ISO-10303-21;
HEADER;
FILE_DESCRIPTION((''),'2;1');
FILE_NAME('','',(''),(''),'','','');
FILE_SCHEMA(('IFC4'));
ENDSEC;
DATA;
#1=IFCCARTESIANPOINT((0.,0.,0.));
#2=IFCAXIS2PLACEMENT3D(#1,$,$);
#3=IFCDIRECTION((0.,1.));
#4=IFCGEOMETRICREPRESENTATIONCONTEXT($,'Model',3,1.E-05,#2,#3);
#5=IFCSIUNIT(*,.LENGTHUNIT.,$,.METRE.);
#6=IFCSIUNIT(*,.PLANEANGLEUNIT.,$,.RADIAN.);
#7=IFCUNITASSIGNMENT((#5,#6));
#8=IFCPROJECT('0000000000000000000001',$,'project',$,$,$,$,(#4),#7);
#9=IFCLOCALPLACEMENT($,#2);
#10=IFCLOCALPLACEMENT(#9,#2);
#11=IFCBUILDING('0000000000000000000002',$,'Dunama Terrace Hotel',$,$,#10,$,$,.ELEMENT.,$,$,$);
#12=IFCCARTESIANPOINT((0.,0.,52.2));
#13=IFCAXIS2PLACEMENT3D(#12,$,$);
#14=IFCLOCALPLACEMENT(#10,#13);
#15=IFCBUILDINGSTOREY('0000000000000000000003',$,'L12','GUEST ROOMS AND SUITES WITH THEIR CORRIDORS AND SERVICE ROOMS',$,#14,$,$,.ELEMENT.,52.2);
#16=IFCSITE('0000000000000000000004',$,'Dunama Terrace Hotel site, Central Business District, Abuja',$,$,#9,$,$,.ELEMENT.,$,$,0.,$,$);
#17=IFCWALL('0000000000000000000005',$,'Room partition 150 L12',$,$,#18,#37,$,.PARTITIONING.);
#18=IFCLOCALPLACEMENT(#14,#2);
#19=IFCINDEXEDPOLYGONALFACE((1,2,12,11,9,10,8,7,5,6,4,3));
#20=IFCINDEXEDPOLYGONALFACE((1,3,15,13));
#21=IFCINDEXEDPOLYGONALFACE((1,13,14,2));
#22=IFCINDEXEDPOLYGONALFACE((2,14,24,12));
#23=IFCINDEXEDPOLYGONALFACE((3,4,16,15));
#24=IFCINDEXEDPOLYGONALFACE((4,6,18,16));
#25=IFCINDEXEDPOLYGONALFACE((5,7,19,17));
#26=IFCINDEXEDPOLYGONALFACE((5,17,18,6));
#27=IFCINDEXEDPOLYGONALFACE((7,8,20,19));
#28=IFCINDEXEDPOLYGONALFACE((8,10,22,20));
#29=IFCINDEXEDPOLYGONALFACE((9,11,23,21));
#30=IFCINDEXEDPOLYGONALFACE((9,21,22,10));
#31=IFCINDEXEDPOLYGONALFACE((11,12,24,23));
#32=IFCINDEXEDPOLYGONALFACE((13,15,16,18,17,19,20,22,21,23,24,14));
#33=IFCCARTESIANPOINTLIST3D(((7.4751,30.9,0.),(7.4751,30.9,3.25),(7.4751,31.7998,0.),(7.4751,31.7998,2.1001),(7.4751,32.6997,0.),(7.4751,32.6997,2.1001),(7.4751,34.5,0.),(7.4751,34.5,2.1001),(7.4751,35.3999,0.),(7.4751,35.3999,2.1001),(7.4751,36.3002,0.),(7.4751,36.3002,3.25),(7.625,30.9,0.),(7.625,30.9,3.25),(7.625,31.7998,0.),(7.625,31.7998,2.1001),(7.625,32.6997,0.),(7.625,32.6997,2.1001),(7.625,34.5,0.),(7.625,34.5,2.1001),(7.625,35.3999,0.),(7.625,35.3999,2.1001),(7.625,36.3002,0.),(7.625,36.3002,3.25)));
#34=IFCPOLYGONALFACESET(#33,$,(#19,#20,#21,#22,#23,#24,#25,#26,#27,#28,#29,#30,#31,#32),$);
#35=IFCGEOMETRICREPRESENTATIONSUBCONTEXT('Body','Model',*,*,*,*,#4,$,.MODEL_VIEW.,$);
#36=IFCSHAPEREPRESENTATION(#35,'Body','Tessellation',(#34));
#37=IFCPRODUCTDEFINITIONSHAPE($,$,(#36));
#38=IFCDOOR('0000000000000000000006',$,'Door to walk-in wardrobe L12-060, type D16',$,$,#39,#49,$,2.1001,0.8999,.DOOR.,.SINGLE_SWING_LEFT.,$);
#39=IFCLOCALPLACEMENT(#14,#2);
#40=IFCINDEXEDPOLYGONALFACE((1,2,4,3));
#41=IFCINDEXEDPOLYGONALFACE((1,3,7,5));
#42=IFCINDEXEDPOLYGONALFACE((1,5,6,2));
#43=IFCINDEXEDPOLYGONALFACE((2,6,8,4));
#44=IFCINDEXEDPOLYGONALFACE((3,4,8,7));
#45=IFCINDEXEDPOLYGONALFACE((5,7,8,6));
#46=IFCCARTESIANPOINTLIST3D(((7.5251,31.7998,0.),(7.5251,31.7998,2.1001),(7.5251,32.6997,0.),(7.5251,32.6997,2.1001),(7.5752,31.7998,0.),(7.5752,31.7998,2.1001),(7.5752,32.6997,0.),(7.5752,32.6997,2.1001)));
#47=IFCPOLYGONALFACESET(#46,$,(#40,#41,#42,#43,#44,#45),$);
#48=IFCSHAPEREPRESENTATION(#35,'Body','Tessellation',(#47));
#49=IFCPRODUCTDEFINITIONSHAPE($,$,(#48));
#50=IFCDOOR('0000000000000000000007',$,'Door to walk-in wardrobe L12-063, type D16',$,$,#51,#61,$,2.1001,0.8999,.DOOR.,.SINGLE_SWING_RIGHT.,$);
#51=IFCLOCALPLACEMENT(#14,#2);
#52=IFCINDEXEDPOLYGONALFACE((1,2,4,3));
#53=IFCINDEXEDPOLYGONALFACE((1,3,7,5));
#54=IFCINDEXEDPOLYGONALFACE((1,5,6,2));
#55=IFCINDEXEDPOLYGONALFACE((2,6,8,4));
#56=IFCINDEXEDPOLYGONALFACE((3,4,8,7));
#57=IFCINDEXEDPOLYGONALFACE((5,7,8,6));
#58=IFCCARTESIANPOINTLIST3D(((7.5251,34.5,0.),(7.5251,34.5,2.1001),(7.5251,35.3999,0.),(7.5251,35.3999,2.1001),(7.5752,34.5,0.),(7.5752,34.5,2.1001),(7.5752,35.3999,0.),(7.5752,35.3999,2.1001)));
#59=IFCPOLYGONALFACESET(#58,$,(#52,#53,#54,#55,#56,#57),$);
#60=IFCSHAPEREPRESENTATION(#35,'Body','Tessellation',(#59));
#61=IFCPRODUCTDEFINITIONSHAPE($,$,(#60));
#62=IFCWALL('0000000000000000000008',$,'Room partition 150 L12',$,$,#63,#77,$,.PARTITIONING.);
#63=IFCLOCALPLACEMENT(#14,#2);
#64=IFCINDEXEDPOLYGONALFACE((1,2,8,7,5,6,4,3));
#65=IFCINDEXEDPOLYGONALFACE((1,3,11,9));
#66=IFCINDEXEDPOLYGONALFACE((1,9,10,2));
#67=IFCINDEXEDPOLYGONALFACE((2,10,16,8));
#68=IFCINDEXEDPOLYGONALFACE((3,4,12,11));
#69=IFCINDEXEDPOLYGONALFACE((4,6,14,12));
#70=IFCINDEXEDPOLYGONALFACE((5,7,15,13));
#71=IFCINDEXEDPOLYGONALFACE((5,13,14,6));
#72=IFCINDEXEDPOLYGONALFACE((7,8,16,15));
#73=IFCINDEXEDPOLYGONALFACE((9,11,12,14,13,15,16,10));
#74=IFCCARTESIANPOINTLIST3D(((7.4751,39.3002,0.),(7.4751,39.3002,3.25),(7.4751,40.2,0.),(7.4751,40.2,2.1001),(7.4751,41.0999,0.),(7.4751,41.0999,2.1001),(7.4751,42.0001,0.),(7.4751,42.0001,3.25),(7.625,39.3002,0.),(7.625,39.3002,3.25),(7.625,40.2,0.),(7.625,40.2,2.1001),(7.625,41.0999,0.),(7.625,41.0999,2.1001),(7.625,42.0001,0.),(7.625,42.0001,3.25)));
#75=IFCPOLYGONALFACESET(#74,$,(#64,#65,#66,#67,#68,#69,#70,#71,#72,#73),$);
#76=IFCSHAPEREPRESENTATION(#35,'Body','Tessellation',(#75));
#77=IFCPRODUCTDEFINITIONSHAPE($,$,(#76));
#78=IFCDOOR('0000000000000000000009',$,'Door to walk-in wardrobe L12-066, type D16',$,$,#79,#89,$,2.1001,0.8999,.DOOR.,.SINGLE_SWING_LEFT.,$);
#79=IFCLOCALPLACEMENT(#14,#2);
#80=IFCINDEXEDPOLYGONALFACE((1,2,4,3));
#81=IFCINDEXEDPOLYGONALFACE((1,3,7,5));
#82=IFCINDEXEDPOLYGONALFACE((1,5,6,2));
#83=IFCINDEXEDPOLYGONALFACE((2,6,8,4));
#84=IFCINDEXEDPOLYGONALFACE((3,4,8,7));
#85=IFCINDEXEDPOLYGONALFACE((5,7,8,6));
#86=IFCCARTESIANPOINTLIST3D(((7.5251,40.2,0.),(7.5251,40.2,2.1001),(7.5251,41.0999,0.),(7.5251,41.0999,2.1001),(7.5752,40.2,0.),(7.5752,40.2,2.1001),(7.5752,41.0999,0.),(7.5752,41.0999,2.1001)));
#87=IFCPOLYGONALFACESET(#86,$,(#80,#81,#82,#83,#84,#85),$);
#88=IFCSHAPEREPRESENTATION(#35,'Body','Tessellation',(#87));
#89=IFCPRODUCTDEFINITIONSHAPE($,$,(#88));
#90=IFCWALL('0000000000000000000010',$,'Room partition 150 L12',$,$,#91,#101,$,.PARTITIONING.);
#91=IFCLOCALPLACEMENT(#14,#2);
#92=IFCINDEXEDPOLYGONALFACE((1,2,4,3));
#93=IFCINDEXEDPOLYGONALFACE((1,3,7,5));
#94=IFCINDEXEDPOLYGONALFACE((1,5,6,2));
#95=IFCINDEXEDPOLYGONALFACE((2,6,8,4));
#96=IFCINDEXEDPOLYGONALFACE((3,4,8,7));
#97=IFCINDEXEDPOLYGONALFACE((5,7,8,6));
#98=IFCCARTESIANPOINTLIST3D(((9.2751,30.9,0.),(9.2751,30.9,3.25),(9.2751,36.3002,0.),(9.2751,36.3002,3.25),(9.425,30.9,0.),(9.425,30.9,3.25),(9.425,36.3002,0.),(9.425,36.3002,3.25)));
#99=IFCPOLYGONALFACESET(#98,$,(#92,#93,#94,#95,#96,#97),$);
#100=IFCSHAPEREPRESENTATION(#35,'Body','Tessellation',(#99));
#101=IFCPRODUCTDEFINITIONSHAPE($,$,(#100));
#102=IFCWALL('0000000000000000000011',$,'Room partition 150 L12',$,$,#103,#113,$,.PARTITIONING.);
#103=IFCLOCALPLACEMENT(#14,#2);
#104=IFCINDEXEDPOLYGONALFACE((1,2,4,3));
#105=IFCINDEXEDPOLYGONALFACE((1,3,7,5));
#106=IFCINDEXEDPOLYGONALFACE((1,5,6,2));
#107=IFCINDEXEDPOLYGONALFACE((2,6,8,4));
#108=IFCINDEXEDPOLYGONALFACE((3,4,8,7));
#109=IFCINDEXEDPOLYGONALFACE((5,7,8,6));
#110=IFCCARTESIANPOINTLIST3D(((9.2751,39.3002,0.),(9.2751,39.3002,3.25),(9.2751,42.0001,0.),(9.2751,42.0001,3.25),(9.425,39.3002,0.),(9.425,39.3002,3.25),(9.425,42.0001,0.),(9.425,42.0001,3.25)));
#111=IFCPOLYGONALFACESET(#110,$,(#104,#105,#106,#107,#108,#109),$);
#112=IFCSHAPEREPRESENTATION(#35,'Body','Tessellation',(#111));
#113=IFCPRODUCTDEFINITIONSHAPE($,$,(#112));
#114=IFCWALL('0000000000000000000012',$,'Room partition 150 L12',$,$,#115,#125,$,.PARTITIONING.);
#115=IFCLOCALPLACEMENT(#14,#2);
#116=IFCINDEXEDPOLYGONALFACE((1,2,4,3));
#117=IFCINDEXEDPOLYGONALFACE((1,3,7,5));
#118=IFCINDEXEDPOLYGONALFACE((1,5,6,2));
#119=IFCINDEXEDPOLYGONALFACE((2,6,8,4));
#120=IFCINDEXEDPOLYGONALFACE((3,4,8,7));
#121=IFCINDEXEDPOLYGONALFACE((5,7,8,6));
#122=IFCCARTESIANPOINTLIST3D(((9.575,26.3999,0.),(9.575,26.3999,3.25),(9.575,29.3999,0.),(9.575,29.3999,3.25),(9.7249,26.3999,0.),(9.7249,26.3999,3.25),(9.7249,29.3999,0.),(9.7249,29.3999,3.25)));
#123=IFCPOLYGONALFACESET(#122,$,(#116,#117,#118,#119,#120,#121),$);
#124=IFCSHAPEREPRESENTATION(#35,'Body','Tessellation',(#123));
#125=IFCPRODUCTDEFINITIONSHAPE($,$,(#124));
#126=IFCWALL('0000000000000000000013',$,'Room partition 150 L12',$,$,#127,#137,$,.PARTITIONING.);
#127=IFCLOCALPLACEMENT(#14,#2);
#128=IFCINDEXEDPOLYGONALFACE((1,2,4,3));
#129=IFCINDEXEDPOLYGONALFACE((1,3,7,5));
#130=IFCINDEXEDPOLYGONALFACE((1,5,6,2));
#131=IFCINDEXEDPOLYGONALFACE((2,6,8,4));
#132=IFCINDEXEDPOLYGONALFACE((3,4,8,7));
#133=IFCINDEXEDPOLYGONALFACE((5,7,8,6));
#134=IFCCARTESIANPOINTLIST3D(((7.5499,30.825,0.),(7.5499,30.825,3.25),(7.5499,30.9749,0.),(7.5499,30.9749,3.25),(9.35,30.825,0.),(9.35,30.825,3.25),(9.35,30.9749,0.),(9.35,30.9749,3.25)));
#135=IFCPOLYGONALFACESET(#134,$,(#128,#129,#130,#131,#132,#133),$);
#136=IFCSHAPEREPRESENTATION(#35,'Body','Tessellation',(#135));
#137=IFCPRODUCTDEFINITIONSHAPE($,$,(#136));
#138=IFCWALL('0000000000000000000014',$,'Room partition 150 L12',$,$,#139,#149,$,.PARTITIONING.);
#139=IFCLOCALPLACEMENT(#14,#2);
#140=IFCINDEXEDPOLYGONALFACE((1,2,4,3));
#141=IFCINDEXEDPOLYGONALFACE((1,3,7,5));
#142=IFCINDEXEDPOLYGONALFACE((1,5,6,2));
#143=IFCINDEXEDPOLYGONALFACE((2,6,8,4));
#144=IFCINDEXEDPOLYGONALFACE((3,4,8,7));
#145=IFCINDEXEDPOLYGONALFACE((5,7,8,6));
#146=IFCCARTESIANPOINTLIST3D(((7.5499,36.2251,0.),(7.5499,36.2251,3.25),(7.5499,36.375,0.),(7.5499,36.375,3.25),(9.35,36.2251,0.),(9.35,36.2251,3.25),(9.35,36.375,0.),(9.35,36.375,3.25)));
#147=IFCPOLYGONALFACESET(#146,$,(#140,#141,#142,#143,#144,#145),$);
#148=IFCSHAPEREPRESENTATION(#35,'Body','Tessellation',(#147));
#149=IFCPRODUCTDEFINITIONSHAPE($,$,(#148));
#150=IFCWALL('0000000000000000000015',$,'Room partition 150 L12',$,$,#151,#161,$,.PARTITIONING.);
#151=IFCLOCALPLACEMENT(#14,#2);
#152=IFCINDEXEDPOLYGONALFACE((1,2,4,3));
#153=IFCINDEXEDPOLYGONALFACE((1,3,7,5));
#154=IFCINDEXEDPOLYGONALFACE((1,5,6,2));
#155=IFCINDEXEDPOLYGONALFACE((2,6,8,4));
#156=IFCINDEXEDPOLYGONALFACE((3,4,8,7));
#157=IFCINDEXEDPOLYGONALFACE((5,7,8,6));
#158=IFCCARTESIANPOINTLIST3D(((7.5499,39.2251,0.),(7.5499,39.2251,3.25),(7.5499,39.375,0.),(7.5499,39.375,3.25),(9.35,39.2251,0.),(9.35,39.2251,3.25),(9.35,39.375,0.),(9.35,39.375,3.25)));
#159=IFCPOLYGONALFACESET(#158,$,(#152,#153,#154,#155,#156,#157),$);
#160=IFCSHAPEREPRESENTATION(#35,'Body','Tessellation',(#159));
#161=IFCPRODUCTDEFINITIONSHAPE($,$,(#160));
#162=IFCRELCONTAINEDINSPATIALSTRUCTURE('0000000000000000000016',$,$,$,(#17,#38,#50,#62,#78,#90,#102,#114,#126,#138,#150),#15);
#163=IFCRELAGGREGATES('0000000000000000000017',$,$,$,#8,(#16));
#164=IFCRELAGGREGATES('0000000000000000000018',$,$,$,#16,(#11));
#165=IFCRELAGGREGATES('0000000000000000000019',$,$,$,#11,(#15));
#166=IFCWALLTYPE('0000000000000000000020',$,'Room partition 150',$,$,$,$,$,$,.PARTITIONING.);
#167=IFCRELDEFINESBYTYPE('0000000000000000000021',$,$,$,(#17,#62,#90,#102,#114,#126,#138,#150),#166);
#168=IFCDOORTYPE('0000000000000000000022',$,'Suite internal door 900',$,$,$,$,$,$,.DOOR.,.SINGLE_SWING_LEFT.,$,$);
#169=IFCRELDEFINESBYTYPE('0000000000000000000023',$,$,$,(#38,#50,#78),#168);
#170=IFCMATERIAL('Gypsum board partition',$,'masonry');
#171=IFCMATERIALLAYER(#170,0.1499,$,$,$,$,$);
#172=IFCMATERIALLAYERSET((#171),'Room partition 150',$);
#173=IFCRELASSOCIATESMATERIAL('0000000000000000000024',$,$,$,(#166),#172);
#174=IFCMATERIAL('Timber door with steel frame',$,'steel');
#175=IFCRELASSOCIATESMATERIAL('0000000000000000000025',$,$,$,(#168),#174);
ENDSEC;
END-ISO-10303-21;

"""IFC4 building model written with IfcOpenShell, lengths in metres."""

from ifc_helpers import new_model, si_unit, direction, frame, frame_2d, origin, place, context, subcontext, project, spatial, rectangle, extrude, material, layer, layer_set, type_object, element, fill, save


model = new_model("IFC4")

# Units and contexts
model_context = context("Model", 3, precision=1e-05, world=origin(), true_north=direction((0.0, 1.0)))
body_context = subcontext(model_context, "Body", "Model", "MODEL_VIEW")
ifc_project = project(units=[si_unit("LENGTHUNIT", "METRE"), si_unit("PLANEANGLEUNIT", "RADIAN")], contexts=[model_context])

# Site, building, storey
site_placement = place(None, origin())
site = spatial("IfcSite", under=ifc_project, at=site_placement, Name="Dunama Terrace Hotel site, Central Business District, Abuja", CompositionType="ELEMENT", RefElevation=0.0)
building_placement = place(site_placement, origin())
building = spatial("IfcBuilding", under=site, at=building_placement, Name="Dunama Terrace Hotel", CompositionType="ELEMENT")
storey_placement = place(building_placement, frame((0.0, 0.0, 52.2)))
storey = spatial("IfcBuildingStorey", under=building, at=storey_placement, Name="L12", Description="GUEST ROOMS AND SUITES WITH THEIR CORRIDORS AND SERVICE ROOMS", CompositionType="ELEMENT", Elevation=52.2)

# Wall, openings, doors
ifc_material_1 = material(Name="Gypsum board partition", Category="masonry")
ifc_layer_1 = layer(ifc_material_1, 0.1499)
ifc_layer_set_1 = layer_set([ifc_layer_1], Name="Room partition 150")
wall_type_1 = type_object("IfcWallType", Name="Room partition 150", PredefinedType="PARTITIONING", material=ifc_layer_set_1)
wall_1_placement = place(storey_placement, frame((7.55, 30.8999, 0.0), z_axis=(0.0, 0.0, 1.0), x_axis=(0.0, 1.0, 0.0)))
wall_1 = element("IfcWall", 1, at=wall_1_placement, inside=storey, type_object=wall_type_1, Name="Room partition 150 L12", PredefinedType="PARTITIONING", context=body_context, shape_type="SweptSolid", body=[
    extrude(rectangle(XDim=5.4001, YDim=0.1499, at=frame_2d((2.7002, 0.0))), origin(), (0.0, 0.0, 1.0), 3.25),
])
opening_1_placement = place(wall_1_placement, frame((0.8999, 0.0, 0.0)))
opening_1 = element("IfcOpeningElement", 2, at=opening_1_placement, cuts=wall_1, PredefinedType="OPENING", context=body_context, shape_type="SweptSolid", body=[
    extrude(rectangle(XDim=0.8999, YDim=2.1001, at=frame_2d((0.45, 1.05))), frame((0.0, 0.085, 0.0), z_axis=(0.0, -1.0, 0.0), x_axis=(1.0, 0.0, 0.0)), (0.0, 0.0, 1.0), 0.1699),
])
opening_2_placement = place(wall_1_placement, frame((3.6001, 0.0, 0.0)))
opening_2 = element("IfcOpeningElement", 3, at=opening_2_placement, cuts=wall_1, PredefinedType="OPENING", context=body_context, shape_type="SweptSolid", body=[
    extrude(rectangle(XDim=0.8999, YDim=2.1001, at=frame_2d((0.45, 1.05))), frame((0.0, 0.085, 0.0), z_axis=(0.0, -1.0, 0.0), x_axis=(1.0, 0.0, 0.0)), (0.0, 0.0, 1.0), 0.1699),
])
ifc_material_2 = material(Name="Timber door with steel frame", Category="steel")
door_type_1 = type_object("IfcDoorType", Name="Suite internal door 900", OperationType="SINGLE_SWING_LEFT", PredefinedType="DOOR", material=ifc_material_2)
door_1_placement = place(opening_1_placement, frame((0.8999, 0.0, 0.0), z_axis=(0.0, 0.0, 1.0), x_axis=(-1.0, 0.0, 0.0)))
door_1 = element("IfcDoor", 4, at=door_1_placement, inside=storey, type_object=door_type_1, Name="Door to walk-in wardrobe L12-060, type D16", OperationType="SINGLE_SWING_LEFT", OverallHeight=2.1001, OverallWidth=0.8999, PredefinedType="DOOR", context=body_context, shape_type="SweptSolid", body=[
    extrude(rectangle(XDim=0.8999, YDim=2.1001, at=frame_2d((0.45, 1.05))), frame((0.0, 0.0251, 0.0), z_axis=(0.0, -1.0, 0.0), x_axis=(1.0, 0.0, 0.0)), (0.0, 0.0, 1.0), 0.05),
])
fill(opening_1, door_1)
door_2_placement = place(opening_2_placement, frame((0.8999, 0.0, 0.0), z_axis=(0.0, 0.0, 1.0), x_axis=(-1.0, 0.0, 0.0)))
door_2 = element("IfcDoor", 5, at=door_2_placement, inside=storey, type_object=door_type_1, Name="Door to walk-in wardrobe L12-063, type D16", OperationType="SINGLE_SWING_RIGHT", OverallHeight=2.1001, OverallWidth=0.8999, PredefinedType="DOOR", context=body_context, shape_type="SweptSolid", body=[
    extrude(rectangle(XDim=0.8999, YDim=2.1001, at=frame_2d((0.45, 1.05))), frame((0.0, 0.0251, 0.0), z_axis=(0.0, -1.0, 0.0), x_axis=(1.0, 0.0, 0.0)), (0.0, 0.0, 1.0), 0.05),
])
fill(opening_2, door_2)

# Wall, opening, door
wall_2_placement = place(storey_placement, frame((7.55, 39.3, 0.0), z_axis=(0.0, 0.0, 1.0), x_axis=(0.0, 1.0, 0.0)))
wall_2 = element("IfcWall", 6, at=wall_2_placement, inside=storey, type_object=wall_type_1, Name="Room partition 150 L12", PredefinedType="PARTITIONING", context=body_context, shape_type="SweptSolid", body=[
    extrude(rectangle(XDim=2.7, YDim=0.1499, at=frame_2d((1.3501, 0.0))), origin(), (0.0, 0.0, 1.0), 3.25),
])
opening_3_placement = place(wall_2_placement, frame((0.8999, 0.0, 0.0)))
opening_3 = element("IfcOpeningElement", 7, at=opening_3_placement, cuts=wall_2, PredefinedType="OPENING", context=body_context, shape_type="SweptSolid", body=[
    extrude(rectangle(XDim=0.8999, YDim=2.1001, at=frame_2d((0.45, 1.05))), frame((0.0, 0.085, 0.0), z_axis=(0.0, -1.0, 0.0), x_axis=(1.0, 0.0, 0.0)), (0.0, 0.0, 1.0), 0.1699),
])
door_3_placement = place(opening_3_placement, frame((0.8999, 0.0, 0.0), z_axis=(0.0, 0.0, 1.0), x_axis=(-1.0, 0.0, 0.0)))
door_3 = element("IfcDoor", 8, at=door_3_placement, inside=storey, type_object=door_type_1, Name="Door to walk-in wardrobe L12-066, type D16", OperationType="SINGLE_SWING_LEFT", OverallHeight=2.1001, OverallWidth=0.8999, PredefinedType="DOOR", context=body_context, shape_type="SweptSolid", body=[
    extrude(rectangle(XDim=0.8999, YDim=2.1001, at=frame_2d((0.45, 1.05))), frame((0.0, 0.0251, 0.0), z_axis=(0.0, -1.0, 0.0), x_axis=(1.0, 0.0, 0.0)), (0.0, 0.0, 1.0), 0.05),
])
fill(opening_3, door_3)

# Walls
wall_3_placement = place(storey_placement, frame((9.3501, 30.8999, 0.0), z_axis=(0.0, 0.0, 1.0), x_axis=(0.0, 1.0, 0.0)))
element("IfcWall", 9, at=wall_3_placement, inside=storey, type_object=wall_type_1, Name="Room partition 150 L12", PredefinedType="PARTITIONING", context=body_context, shape_type="SweptSolid", body=[
    extrude(rectangle(XDim=5.4001, YDim=0.1499, at=frame_2d((2.7002, 0.0))), origin(), (0.0, 0.0, 1.0), 3.25),
])
wall_4_placement = place(storey_placement, frame((9.3501, 39.3, 0.0), z_axis=(0.0, 0.0, 1.0), x_axis=(0.0, 1.0, 0.0)))
element("IfcWall", 10, at=wall_4_placement, inside=storey, type_object=wall_type_1, Name="Room partition 150 L12", PredefinedType="PARTITIONING", context=body_context, shape_type="SweptSolid", body=[
    extrude(rectangle(XDim=2.7, YDim=0.1499, at=frame_2d((1.3501, 0.0))), origin(), (0.0, 0.0, 1.0), 3.25),
])
wall_5_placement = place(storey_placement, frame((9.6499, 26.3999, 0.0), z_axis=(0.0, 0.0, 1.0), x_axis=(0.0, 1.0, 0.0)))
element("IfcWall", 11, at=wall_5_placement, inside=storey, type_object=wall_type_1, Name="Room partition 150 L12", PredefinedType="PARTITIONING", context=body_context, shape_type="SweptSolid", body=[
    extrude(rectangle(XDim=3.0, YDim=0.1499, at=frame_2d((1.5, 0.0))), origin(), (0.0, 0.0, 1.0), 3.25),
])
for number, where, z_axis, x_axis, name in (
    (12, (7.55, 30.8999, 0.0), (0.0, 0.0, 1.0), (1.0, 0.0, 0.0), "Room partition 150 L12"),
    (13, (7.55, 36.3, 0.0), (0.0, 0.0, 1.0), (1.0, 0.0, 0.0), "Room partition 150 L12"),
    (14, (7.55, 39.3, 0.0), (0.0, 0.0, 1.0), (1.0, 0.0, 0.0), "Room partition 150 L12"),
):
    element("IfcWall", number, at=place(storey_placement, frame(where, z_axis=z_axis, x_axis=x_axis)), inside=storey, type_object=wall_type_1, Name=name, PredefinedType="PARTITIONING", context=body_context, shape_type="SweptSolid", body=[
        extrude(rectangle(XDim=1.8, YDim=0.1499, at=frame_2d((0.8999, 0.0))), origin(), (0.0, 0.0, 1.0), 3.25),
    ])

save(model, "model.ifc")
